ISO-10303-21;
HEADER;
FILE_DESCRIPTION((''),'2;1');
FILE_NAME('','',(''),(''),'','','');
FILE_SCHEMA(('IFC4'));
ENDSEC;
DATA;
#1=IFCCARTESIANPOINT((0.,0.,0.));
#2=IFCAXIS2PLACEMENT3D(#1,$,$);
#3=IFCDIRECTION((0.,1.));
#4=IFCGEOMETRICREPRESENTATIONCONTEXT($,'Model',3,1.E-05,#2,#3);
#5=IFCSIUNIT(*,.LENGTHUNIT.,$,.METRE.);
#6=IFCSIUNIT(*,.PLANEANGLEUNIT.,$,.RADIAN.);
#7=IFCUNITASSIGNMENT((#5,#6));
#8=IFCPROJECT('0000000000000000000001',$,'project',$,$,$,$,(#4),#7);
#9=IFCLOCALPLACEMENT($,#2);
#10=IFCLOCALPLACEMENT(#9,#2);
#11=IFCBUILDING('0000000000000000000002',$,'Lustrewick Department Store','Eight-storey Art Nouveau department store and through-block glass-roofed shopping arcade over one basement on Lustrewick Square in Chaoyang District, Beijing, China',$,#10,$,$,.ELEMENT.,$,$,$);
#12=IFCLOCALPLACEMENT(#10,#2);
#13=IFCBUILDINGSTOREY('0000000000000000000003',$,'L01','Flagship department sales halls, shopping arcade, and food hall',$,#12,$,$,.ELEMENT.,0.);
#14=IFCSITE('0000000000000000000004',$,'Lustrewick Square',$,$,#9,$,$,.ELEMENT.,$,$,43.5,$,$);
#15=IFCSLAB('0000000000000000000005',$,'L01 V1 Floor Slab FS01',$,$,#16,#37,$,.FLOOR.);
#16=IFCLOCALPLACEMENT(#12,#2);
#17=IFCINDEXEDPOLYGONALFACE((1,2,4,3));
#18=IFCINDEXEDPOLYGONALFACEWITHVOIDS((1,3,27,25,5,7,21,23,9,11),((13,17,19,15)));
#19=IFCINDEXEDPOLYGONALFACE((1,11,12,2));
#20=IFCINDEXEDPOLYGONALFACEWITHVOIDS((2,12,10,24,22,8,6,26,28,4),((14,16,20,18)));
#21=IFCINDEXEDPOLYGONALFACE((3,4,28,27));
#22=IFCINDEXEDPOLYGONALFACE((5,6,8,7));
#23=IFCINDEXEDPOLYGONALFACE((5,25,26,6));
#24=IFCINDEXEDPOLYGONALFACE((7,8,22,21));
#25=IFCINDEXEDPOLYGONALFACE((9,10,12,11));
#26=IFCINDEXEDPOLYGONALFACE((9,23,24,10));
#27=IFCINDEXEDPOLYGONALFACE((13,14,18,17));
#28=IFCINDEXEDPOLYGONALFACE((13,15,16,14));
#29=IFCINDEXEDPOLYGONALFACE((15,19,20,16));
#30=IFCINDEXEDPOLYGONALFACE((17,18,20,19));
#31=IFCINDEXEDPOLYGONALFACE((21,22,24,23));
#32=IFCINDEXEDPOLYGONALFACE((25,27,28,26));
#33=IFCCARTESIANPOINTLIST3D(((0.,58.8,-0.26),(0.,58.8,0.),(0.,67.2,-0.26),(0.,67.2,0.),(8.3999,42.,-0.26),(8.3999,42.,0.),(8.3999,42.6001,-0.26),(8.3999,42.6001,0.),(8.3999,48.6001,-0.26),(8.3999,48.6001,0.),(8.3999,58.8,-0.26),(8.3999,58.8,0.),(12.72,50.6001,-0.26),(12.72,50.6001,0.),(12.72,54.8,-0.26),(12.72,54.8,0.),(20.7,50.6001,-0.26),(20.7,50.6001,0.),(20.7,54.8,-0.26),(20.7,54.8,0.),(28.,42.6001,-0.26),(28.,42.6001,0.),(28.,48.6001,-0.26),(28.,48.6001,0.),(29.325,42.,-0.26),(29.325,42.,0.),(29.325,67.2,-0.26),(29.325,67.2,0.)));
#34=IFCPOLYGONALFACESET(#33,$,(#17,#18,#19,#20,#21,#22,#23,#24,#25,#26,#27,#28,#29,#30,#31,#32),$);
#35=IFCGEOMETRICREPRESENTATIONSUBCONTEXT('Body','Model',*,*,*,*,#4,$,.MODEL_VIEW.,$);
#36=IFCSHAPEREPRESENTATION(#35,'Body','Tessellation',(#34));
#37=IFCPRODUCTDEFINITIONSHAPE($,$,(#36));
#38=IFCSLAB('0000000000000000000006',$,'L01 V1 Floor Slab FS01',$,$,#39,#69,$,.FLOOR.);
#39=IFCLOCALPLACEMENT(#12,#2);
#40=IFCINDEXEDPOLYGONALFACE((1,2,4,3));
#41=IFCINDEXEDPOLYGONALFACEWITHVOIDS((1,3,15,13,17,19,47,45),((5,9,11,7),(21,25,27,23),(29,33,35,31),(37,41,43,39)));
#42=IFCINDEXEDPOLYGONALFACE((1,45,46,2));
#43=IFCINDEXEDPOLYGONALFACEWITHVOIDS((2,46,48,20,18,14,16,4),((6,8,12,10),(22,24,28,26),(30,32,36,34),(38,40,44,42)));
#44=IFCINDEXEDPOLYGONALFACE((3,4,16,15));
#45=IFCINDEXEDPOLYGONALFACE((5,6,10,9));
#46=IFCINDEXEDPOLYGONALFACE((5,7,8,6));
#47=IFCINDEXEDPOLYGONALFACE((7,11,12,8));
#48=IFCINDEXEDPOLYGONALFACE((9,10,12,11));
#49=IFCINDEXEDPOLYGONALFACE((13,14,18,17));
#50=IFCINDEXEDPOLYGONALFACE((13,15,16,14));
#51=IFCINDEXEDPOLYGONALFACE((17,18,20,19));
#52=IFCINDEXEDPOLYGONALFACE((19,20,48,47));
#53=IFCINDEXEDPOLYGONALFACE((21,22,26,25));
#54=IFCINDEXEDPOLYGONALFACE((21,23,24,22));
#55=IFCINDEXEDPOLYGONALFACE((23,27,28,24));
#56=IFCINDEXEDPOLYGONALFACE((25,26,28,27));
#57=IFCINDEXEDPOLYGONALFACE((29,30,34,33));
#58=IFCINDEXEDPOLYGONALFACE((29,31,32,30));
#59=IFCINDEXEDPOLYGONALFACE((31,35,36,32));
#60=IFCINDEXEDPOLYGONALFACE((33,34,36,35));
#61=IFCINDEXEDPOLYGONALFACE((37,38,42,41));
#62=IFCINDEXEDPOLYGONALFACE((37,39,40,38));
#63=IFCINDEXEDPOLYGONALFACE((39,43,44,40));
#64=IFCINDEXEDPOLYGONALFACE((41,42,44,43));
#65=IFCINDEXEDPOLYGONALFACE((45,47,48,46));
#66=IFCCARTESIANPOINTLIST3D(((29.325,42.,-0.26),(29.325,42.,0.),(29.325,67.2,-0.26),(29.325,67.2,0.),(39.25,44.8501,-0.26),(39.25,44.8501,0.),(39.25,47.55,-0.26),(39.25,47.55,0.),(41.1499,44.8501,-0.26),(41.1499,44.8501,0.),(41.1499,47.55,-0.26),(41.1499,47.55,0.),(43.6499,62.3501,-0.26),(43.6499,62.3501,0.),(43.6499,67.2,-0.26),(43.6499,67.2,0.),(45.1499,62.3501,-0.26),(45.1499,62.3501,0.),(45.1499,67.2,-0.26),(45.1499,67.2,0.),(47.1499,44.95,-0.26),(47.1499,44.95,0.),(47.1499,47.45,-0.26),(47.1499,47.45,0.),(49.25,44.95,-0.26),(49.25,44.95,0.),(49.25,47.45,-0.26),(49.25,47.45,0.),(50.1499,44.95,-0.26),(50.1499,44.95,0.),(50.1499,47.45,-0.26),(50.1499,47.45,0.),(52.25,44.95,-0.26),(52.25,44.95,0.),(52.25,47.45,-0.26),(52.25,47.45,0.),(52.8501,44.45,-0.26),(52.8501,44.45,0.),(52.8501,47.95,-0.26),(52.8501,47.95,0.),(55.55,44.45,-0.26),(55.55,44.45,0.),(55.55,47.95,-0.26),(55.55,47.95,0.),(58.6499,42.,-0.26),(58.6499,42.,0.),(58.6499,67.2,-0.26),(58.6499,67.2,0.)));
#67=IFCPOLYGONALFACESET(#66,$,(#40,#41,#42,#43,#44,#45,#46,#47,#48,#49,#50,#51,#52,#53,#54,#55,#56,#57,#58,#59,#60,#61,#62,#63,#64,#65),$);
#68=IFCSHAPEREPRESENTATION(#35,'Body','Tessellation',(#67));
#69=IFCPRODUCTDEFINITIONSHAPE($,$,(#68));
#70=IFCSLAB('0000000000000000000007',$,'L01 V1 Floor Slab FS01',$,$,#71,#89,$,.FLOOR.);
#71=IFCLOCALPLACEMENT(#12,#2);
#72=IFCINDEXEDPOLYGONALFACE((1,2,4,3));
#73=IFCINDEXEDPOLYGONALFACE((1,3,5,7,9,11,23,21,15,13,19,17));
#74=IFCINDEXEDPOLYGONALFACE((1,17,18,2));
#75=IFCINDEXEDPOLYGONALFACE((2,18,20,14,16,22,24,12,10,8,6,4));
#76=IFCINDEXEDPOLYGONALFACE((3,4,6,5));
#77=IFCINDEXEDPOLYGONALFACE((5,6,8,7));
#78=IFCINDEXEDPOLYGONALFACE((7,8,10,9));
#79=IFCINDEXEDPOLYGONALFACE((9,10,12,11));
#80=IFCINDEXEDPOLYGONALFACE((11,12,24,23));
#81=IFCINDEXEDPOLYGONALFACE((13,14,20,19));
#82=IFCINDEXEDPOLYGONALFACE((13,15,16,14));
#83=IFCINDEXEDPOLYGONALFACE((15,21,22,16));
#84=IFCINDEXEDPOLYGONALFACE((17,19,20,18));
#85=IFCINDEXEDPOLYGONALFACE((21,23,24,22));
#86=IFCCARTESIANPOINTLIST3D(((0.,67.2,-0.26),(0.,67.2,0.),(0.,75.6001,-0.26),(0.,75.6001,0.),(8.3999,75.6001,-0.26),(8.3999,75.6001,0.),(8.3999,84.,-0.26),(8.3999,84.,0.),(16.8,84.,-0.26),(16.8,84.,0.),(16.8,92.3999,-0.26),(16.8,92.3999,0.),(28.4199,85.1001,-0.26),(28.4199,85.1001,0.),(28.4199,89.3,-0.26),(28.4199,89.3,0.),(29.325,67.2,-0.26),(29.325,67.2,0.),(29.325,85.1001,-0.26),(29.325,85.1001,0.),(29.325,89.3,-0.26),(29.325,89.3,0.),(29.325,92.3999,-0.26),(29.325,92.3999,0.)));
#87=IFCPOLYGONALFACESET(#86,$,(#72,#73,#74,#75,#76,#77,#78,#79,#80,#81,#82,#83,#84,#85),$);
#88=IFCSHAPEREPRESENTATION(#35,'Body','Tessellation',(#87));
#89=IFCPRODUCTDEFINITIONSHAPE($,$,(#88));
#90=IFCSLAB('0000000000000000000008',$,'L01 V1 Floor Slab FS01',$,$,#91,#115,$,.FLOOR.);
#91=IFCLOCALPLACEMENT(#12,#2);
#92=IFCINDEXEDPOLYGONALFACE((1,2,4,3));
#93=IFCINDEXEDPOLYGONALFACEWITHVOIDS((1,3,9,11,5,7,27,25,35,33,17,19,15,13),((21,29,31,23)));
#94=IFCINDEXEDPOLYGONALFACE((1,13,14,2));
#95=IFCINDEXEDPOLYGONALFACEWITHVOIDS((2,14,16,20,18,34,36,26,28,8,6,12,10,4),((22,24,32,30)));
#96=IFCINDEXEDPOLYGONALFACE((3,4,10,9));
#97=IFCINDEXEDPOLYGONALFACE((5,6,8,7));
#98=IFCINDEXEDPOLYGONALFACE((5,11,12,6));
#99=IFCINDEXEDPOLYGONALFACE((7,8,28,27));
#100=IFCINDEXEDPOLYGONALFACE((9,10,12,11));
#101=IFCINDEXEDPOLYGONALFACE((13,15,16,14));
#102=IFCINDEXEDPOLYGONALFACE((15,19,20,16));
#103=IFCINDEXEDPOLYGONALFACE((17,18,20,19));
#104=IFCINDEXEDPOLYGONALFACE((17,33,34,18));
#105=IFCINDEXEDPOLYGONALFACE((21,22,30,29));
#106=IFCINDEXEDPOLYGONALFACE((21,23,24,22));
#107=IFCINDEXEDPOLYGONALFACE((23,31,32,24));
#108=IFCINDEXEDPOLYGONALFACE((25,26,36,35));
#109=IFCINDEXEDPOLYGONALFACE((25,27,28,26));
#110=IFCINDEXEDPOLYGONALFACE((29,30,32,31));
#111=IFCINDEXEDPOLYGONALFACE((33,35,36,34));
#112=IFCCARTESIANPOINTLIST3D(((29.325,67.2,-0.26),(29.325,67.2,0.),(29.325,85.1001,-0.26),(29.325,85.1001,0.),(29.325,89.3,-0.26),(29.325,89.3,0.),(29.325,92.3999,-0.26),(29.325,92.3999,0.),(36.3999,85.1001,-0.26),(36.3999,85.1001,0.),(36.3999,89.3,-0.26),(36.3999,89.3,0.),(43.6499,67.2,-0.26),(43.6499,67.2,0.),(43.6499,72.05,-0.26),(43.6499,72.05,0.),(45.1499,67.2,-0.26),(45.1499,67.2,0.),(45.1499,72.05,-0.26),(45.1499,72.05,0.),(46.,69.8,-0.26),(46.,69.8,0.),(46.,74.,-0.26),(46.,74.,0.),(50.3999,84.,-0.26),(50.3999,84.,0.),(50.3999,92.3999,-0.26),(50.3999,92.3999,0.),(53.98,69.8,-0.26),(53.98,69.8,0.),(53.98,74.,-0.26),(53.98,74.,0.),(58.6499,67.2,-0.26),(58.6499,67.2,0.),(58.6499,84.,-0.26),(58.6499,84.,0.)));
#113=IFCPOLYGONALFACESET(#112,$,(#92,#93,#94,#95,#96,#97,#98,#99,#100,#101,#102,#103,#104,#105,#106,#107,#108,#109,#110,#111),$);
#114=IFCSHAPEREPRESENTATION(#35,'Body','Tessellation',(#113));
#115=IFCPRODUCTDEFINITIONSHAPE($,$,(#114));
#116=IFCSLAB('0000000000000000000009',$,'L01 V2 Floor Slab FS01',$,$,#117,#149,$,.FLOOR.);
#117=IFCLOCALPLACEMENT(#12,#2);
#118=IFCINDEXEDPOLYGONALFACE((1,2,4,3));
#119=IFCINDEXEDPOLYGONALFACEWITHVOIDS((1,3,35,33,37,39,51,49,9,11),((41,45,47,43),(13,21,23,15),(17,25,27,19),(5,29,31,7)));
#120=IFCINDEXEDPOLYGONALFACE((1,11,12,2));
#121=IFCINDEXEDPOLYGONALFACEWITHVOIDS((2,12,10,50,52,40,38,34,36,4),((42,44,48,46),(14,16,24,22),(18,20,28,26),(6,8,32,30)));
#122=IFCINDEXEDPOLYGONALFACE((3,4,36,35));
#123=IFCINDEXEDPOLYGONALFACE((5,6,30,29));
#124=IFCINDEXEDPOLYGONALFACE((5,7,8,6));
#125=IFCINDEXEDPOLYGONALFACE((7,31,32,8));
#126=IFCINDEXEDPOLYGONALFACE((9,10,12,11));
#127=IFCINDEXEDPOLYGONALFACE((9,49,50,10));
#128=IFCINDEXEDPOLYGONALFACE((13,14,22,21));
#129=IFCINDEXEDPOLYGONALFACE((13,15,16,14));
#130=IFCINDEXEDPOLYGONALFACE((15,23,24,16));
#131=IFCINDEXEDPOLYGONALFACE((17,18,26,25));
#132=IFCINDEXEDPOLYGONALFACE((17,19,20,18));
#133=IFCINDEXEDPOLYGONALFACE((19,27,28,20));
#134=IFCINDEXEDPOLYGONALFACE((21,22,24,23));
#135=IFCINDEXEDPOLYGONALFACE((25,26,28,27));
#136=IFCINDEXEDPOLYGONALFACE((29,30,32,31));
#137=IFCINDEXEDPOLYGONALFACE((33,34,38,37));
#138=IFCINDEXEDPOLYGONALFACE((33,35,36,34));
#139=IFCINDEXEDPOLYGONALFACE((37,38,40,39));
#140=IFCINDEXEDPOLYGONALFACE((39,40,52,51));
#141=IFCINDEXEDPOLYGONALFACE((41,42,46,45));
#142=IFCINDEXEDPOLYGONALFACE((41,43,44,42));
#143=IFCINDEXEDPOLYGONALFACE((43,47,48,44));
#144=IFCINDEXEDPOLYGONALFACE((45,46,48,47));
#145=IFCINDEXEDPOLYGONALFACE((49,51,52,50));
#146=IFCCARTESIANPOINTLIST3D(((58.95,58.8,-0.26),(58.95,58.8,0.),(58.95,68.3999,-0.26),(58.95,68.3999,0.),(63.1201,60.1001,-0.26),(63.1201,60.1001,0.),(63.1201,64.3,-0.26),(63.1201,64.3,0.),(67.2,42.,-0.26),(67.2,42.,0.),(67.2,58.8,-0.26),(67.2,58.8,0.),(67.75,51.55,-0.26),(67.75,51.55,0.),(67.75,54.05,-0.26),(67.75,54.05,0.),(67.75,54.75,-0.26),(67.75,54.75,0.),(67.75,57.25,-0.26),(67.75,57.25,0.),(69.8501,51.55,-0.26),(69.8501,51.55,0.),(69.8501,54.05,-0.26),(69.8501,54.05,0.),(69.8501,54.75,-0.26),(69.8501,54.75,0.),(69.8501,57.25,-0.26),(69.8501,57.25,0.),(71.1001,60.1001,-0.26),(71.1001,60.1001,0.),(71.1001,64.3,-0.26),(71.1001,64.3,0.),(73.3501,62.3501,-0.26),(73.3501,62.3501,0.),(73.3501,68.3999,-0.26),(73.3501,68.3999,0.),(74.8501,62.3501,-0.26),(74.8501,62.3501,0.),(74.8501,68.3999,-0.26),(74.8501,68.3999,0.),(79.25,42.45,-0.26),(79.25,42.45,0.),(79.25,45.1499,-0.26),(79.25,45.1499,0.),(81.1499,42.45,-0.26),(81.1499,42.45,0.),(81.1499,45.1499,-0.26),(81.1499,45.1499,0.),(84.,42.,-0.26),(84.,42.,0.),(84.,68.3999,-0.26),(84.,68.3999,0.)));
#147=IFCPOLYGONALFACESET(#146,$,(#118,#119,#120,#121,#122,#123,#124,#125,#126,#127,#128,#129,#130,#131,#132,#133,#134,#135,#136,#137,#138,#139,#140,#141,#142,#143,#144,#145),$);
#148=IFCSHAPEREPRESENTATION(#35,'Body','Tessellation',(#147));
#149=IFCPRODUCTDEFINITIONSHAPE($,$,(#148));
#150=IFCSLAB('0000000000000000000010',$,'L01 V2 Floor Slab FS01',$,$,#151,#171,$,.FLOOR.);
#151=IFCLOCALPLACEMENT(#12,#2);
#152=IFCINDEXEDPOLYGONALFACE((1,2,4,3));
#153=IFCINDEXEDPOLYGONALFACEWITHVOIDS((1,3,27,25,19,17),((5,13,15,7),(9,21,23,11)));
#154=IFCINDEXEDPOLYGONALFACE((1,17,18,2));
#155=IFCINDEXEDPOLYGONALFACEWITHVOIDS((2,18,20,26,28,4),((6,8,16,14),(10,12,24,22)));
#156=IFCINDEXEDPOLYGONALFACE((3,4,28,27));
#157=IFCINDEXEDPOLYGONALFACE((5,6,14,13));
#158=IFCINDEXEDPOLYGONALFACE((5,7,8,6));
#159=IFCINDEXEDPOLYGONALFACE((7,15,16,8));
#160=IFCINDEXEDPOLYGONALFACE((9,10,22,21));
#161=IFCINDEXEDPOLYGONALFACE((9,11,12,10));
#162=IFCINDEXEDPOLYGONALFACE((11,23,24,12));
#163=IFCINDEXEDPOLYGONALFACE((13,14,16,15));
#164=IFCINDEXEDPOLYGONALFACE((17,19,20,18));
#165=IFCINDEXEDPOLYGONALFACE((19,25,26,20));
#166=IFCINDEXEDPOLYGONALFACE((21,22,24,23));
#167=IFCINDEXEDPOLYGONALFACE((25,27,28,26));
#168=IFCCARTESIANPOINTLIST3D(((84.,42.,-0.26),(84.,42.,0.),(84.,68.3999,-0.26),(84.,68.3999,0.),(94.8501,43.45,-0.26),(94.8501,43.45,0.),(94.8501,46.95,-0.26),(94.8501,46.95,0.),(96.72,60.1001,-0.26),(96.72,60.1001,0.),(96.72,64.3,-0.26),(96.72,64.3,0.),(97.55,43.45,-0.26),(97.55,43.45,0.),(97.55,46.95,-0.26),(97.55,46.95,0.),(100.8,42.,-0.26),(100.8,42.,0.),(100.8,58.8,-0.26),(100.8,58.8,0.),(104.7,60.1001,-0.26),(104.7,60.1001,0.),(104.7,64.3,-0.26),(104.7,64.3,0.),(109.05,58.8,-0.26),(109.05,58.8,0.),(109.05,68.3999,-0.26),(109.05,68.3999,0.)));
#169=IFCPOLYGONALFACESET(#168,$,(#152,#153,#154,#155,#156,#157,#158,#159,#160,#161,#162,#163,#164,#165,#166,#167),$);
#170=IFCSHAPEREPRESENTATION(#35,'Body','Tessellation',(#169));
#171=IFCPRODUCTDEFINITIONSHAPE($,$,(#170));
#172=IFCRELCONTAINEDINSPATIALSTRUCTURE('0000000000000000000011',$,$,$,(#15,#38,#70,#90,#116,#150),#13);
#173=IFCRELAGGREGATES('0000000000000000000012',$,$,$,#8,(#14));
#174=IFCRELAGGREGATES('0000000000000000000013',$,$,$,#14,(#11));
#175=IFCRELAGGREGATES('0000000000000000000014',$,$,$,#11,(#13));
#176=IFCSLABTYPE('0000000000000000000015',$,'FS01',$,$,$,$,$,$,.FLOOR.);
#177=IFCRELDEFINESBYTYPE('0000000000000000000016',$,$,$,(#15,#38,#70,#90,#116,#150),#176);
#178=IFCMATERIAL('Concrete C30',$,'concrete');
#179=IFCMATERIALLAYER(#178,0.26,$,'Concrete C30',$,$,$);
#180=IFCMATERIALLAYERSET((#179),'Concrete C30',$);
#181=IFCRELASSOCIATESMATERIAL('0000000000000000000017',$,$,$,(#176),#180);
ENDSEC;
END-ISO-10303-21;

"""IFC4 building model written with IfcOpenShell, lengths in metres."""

from ifc_helpers import new_model, si_unit, direction, frame, origin, place, context, subcontext, project, spatial, polyline, outline, extrude, material, layer, layer_set, type_object, element, save


model = new_model("IFC4")

# Units and contexts
model_context = context("Model", 3, precision=1e-05, world=origin(), true_north=direction((0.0, 1.0)))
body_context = subcontext(model_context, "Body", "Model", "MODEL_VIEW")
ifc_project = project(units=[si_unit("LENGTHUNIT", "METRE"), si_unit("PLANEANGLEUNIT", "RADIAN")], contexts=[model_context])

# Site, building, storey
site_placement = place(None, origin())
site = spatial("IfcSite", under=ifc_project, at=site_placement, Name="Lustrewick Square", CompositionType="ELEMENT", RefElevation=43.5)
building_placement = place(site_placement, origin())
building = spatial("IfcBuilding", under=site, at=building_placement, Name="Lustrewick Department Store", Description="Eight-storey Art Nouveau department store and through-block glass-roofed shopping arcade over one basement on Lustrewick Square in Chaoyang District, Beijing, China", CompositionType="ELEMENT")
storey_placement = place(building_placement, origin())
storey = spatial("IfcBuildingStorey", under=building, at=storey_placement, Name="L01", Description="Flagship department sales halls, shopping arcade, and food hall", CompositionType="ELEMENT", Elevation=0.0)

# Slabs
ifc_material_1 = material(Name="Concrete C30", Category="concrete")
ifc_layer_1 = layer(ifc_material_1, 0.26, Name="Concrete C30")
ifc_layer_set_1 = layer_set([ifc_layer_1], Name="Concrete C30")
slab_type_1 = type_object("IfcSlabType", Name="FS01", PredefinedType="FLOOR", material=ifc_layer_set_1)
slab_1_placement = place(storey_placement, frame((0.0, 0.0, -0.26)))
element("IfcSlab", 1, at=slab_1_placement, inside=storey, type_object=slab_type_1, Name="L01 V1 Floor Slab FS01", PredefinedType="FLOOR", context=body_context, shape_type="SweptSolid", body=[
    extrude(outline(polyline([(0.0, 67.2), (0.0, 58.8), (8.3999, 58.8), (8.3999, 48.6001), (28.0, 48.6001), (28.0, 42.6001), (8.3999, 42.6001), (8.3999, 42.0), (29.325, 42.0), (29.325, 67.2), (0.0, 67.2)]), holes=[polyline([(20.7, 50.6001), (12.72, 50.6001), (12.72, 54.8), (20.7, 54.8), (20.7, 50.6001)])]), origin(), (0.0, 0.0, 1.0), 0.26),
])
slab_2_placement = place(storey_placement, frame((0.0, 0.0, -0.26)))
element("IfcSlab", 2, at=slab_2_placement, inside=storey, type_object=slab_type_1, Name="L01 V1 Floor Slab FS01", PredefinedType="FLOOR", context=body_context, shape_type="SweptSolid", body=[
    extrude(outline(polyline([(58.6499, 42.0), (58.6499, 67.2), (45.1499, 67.2), (45.1499, 62.3501), (43.6499, 62.3501), (43.6499, 67.2), (29.325, 67.2), (29.325, 42.0), (58.6499, 42.0)]), holes=[polyline([(52.8501, 44.45), (52.8501, 47.95), (55.55, 47.95), (55.55, 44.45), (52.8501, 44.45)]), polyline([(50.1499, 44.95), (50.1499, 47.45), (52.25, 47.45), (52.25, 44.95), (50.1499, 44.95)]), polyline([(47.1499, 44.95), (47.1499, 47.45), (49.25, 47.45), (49.25, 44.95), (47.1499, 44.95)]), polyline([(39.25, 44.8501), (39.25, 47.55), (41.1499, 47.55), (41.1499, 44.8501), (39.25, 44.8501)])]), origin(), (0.0, 0.0, 1.0), 0.26),
])
slab_3_placement = place(storey_placement, frame((0.0, 0.0, -0.26)))
element("IfcSlab", 3, at=slab_3_placement, inside=storey, type_object=slab_type_1, Name="L01 V1 Floor Slab FS01", PredefinedType="FLOOR", context=body_context, shape_type="SweptSolid", body=[
    extrude(outline(polyline([(0.0, 75.6001), (0.0, 67.2), (29.325, 67.2), (29.325, 85.1001), (28.4199, 85.1001), (28.4199, 89.3), (29.325, 89.3), (29.325, 92.3999), (16.8, 92.3999), (16.8, 84.0), (8.3999, 84.0), (8.3999, 75.6001), (0.0, 75.6001)])), origin(), (0.0, 0.0, 1.0), 0.26),
])
slab_4_placement = place(storey_placement, frame((0.0, 0.0, -0.26)))
element("IfcSlab", 4, at=slab_4_placement, inside=storey, type_object=slab_type_1, Name="L01 V1 Floor Slab FS01", PredefinedType="FLOOR", context=body_context, shape_type="SweptSolid", body=[
    extrude(outline(polyline([(50.3999, 92.3999), (29.325, 92.3999), (29.325, 89.3), (36.3999, 89.3), (36.3999, 85.1001), (29.325, 85.1001), (29.325, 67.2), (43.6499, 67.2), (43.6499, 72.05), (45.1499, 72.05), (45.1499, 67.2), (58.6499, 67.2), (58.6499, 84.0), (50.3999, 84.0), (50.3999, 92.3999)]), holes=[polyline([(46.0, 69.8), (46.0, 74.0), (53.98, 74.0), (53.98, 69.8), (46.0, 69.8)])]), origin(), (0.0, 0.0, 1.0), 0.26),
])
slab_5_placement = place(storey_placement, frame((0.0, 0.0, -0.26)))
element("IfcSlab", 5, at=slab_5_placement, inside=storey, type_object=slab_type_1, Name="L01 V2 Floor Slab FS01", PredefinedType="FLOOR", context=body_context, shape_type="SweptSolid", body=[
    extrude(outline(polyline([(67.2, 58.8), (67.2, 42.0), (84.0, 42.0), (84.0, 68.3999), (74.8501, 68.3999), (74.8501, 62.3501), (73.3501, 62.3501), (73.3501, 68.3999), (58.95, 68.3999), (58.95, 58.8), (67.2, 58.8)]), holes=[polyline([(81.1499, 42.45), (79.25, 42.45), (79.25, 45.1499), (81.1499, 45.1499), (81.1499, 42.45)]), polyline([(63.1201, 60.1001), (63.1201, 64.3), (71.1001, 64.3), (71.1001, 60.1001), (63.1201, 60.1001)]), polyline([(67.75, 51.55), (67.75, 54.05), (69.8501, 54.05), (69.8501, 51.55), (67.75, 51.55)]), polyline([(67.75, 54.75), (67.75, 57.25), (69.8501, 57.25), (69.8501, 54.75), (67.75, 54.75)])]), origin(), (0.0, 0.0, 1.0), 0.26),
])
slab_6_placement = place(storey_placement, frame((0.0, 0.0, -0.26)))
element("IfcSlab", 6, at=slab_6_placement, inside=storey, type_object=slab_type_1, Name="L01 V2 Floor Slab FS01", PredefinedType="FLOOR", context=body_context, shape_type="SweptSolid", body=[
    extrude(outline(polyline([(84.0, 68.3999), (84.0, 42.0), (100.8, 42.0), (100.8, 58.8), (109.05, 58.8), (109.05, 68.3999), (84.0, 68.3999)]), holes=[polyline([(96.72, 60.1001), (96.72, 64.3), (104.7, 64.3), (104.7, 60.1001), (96.72, 60.1001)]), polyline([(94.8501, 43.45), (94.8501, 46.95), (97.55, 46.95), (97.55, 43.45), (94.8501, 43.45)])]), origin(), (0.0, 0.0, 1.0), 0.26),
])

save(model, "model.ifc")
